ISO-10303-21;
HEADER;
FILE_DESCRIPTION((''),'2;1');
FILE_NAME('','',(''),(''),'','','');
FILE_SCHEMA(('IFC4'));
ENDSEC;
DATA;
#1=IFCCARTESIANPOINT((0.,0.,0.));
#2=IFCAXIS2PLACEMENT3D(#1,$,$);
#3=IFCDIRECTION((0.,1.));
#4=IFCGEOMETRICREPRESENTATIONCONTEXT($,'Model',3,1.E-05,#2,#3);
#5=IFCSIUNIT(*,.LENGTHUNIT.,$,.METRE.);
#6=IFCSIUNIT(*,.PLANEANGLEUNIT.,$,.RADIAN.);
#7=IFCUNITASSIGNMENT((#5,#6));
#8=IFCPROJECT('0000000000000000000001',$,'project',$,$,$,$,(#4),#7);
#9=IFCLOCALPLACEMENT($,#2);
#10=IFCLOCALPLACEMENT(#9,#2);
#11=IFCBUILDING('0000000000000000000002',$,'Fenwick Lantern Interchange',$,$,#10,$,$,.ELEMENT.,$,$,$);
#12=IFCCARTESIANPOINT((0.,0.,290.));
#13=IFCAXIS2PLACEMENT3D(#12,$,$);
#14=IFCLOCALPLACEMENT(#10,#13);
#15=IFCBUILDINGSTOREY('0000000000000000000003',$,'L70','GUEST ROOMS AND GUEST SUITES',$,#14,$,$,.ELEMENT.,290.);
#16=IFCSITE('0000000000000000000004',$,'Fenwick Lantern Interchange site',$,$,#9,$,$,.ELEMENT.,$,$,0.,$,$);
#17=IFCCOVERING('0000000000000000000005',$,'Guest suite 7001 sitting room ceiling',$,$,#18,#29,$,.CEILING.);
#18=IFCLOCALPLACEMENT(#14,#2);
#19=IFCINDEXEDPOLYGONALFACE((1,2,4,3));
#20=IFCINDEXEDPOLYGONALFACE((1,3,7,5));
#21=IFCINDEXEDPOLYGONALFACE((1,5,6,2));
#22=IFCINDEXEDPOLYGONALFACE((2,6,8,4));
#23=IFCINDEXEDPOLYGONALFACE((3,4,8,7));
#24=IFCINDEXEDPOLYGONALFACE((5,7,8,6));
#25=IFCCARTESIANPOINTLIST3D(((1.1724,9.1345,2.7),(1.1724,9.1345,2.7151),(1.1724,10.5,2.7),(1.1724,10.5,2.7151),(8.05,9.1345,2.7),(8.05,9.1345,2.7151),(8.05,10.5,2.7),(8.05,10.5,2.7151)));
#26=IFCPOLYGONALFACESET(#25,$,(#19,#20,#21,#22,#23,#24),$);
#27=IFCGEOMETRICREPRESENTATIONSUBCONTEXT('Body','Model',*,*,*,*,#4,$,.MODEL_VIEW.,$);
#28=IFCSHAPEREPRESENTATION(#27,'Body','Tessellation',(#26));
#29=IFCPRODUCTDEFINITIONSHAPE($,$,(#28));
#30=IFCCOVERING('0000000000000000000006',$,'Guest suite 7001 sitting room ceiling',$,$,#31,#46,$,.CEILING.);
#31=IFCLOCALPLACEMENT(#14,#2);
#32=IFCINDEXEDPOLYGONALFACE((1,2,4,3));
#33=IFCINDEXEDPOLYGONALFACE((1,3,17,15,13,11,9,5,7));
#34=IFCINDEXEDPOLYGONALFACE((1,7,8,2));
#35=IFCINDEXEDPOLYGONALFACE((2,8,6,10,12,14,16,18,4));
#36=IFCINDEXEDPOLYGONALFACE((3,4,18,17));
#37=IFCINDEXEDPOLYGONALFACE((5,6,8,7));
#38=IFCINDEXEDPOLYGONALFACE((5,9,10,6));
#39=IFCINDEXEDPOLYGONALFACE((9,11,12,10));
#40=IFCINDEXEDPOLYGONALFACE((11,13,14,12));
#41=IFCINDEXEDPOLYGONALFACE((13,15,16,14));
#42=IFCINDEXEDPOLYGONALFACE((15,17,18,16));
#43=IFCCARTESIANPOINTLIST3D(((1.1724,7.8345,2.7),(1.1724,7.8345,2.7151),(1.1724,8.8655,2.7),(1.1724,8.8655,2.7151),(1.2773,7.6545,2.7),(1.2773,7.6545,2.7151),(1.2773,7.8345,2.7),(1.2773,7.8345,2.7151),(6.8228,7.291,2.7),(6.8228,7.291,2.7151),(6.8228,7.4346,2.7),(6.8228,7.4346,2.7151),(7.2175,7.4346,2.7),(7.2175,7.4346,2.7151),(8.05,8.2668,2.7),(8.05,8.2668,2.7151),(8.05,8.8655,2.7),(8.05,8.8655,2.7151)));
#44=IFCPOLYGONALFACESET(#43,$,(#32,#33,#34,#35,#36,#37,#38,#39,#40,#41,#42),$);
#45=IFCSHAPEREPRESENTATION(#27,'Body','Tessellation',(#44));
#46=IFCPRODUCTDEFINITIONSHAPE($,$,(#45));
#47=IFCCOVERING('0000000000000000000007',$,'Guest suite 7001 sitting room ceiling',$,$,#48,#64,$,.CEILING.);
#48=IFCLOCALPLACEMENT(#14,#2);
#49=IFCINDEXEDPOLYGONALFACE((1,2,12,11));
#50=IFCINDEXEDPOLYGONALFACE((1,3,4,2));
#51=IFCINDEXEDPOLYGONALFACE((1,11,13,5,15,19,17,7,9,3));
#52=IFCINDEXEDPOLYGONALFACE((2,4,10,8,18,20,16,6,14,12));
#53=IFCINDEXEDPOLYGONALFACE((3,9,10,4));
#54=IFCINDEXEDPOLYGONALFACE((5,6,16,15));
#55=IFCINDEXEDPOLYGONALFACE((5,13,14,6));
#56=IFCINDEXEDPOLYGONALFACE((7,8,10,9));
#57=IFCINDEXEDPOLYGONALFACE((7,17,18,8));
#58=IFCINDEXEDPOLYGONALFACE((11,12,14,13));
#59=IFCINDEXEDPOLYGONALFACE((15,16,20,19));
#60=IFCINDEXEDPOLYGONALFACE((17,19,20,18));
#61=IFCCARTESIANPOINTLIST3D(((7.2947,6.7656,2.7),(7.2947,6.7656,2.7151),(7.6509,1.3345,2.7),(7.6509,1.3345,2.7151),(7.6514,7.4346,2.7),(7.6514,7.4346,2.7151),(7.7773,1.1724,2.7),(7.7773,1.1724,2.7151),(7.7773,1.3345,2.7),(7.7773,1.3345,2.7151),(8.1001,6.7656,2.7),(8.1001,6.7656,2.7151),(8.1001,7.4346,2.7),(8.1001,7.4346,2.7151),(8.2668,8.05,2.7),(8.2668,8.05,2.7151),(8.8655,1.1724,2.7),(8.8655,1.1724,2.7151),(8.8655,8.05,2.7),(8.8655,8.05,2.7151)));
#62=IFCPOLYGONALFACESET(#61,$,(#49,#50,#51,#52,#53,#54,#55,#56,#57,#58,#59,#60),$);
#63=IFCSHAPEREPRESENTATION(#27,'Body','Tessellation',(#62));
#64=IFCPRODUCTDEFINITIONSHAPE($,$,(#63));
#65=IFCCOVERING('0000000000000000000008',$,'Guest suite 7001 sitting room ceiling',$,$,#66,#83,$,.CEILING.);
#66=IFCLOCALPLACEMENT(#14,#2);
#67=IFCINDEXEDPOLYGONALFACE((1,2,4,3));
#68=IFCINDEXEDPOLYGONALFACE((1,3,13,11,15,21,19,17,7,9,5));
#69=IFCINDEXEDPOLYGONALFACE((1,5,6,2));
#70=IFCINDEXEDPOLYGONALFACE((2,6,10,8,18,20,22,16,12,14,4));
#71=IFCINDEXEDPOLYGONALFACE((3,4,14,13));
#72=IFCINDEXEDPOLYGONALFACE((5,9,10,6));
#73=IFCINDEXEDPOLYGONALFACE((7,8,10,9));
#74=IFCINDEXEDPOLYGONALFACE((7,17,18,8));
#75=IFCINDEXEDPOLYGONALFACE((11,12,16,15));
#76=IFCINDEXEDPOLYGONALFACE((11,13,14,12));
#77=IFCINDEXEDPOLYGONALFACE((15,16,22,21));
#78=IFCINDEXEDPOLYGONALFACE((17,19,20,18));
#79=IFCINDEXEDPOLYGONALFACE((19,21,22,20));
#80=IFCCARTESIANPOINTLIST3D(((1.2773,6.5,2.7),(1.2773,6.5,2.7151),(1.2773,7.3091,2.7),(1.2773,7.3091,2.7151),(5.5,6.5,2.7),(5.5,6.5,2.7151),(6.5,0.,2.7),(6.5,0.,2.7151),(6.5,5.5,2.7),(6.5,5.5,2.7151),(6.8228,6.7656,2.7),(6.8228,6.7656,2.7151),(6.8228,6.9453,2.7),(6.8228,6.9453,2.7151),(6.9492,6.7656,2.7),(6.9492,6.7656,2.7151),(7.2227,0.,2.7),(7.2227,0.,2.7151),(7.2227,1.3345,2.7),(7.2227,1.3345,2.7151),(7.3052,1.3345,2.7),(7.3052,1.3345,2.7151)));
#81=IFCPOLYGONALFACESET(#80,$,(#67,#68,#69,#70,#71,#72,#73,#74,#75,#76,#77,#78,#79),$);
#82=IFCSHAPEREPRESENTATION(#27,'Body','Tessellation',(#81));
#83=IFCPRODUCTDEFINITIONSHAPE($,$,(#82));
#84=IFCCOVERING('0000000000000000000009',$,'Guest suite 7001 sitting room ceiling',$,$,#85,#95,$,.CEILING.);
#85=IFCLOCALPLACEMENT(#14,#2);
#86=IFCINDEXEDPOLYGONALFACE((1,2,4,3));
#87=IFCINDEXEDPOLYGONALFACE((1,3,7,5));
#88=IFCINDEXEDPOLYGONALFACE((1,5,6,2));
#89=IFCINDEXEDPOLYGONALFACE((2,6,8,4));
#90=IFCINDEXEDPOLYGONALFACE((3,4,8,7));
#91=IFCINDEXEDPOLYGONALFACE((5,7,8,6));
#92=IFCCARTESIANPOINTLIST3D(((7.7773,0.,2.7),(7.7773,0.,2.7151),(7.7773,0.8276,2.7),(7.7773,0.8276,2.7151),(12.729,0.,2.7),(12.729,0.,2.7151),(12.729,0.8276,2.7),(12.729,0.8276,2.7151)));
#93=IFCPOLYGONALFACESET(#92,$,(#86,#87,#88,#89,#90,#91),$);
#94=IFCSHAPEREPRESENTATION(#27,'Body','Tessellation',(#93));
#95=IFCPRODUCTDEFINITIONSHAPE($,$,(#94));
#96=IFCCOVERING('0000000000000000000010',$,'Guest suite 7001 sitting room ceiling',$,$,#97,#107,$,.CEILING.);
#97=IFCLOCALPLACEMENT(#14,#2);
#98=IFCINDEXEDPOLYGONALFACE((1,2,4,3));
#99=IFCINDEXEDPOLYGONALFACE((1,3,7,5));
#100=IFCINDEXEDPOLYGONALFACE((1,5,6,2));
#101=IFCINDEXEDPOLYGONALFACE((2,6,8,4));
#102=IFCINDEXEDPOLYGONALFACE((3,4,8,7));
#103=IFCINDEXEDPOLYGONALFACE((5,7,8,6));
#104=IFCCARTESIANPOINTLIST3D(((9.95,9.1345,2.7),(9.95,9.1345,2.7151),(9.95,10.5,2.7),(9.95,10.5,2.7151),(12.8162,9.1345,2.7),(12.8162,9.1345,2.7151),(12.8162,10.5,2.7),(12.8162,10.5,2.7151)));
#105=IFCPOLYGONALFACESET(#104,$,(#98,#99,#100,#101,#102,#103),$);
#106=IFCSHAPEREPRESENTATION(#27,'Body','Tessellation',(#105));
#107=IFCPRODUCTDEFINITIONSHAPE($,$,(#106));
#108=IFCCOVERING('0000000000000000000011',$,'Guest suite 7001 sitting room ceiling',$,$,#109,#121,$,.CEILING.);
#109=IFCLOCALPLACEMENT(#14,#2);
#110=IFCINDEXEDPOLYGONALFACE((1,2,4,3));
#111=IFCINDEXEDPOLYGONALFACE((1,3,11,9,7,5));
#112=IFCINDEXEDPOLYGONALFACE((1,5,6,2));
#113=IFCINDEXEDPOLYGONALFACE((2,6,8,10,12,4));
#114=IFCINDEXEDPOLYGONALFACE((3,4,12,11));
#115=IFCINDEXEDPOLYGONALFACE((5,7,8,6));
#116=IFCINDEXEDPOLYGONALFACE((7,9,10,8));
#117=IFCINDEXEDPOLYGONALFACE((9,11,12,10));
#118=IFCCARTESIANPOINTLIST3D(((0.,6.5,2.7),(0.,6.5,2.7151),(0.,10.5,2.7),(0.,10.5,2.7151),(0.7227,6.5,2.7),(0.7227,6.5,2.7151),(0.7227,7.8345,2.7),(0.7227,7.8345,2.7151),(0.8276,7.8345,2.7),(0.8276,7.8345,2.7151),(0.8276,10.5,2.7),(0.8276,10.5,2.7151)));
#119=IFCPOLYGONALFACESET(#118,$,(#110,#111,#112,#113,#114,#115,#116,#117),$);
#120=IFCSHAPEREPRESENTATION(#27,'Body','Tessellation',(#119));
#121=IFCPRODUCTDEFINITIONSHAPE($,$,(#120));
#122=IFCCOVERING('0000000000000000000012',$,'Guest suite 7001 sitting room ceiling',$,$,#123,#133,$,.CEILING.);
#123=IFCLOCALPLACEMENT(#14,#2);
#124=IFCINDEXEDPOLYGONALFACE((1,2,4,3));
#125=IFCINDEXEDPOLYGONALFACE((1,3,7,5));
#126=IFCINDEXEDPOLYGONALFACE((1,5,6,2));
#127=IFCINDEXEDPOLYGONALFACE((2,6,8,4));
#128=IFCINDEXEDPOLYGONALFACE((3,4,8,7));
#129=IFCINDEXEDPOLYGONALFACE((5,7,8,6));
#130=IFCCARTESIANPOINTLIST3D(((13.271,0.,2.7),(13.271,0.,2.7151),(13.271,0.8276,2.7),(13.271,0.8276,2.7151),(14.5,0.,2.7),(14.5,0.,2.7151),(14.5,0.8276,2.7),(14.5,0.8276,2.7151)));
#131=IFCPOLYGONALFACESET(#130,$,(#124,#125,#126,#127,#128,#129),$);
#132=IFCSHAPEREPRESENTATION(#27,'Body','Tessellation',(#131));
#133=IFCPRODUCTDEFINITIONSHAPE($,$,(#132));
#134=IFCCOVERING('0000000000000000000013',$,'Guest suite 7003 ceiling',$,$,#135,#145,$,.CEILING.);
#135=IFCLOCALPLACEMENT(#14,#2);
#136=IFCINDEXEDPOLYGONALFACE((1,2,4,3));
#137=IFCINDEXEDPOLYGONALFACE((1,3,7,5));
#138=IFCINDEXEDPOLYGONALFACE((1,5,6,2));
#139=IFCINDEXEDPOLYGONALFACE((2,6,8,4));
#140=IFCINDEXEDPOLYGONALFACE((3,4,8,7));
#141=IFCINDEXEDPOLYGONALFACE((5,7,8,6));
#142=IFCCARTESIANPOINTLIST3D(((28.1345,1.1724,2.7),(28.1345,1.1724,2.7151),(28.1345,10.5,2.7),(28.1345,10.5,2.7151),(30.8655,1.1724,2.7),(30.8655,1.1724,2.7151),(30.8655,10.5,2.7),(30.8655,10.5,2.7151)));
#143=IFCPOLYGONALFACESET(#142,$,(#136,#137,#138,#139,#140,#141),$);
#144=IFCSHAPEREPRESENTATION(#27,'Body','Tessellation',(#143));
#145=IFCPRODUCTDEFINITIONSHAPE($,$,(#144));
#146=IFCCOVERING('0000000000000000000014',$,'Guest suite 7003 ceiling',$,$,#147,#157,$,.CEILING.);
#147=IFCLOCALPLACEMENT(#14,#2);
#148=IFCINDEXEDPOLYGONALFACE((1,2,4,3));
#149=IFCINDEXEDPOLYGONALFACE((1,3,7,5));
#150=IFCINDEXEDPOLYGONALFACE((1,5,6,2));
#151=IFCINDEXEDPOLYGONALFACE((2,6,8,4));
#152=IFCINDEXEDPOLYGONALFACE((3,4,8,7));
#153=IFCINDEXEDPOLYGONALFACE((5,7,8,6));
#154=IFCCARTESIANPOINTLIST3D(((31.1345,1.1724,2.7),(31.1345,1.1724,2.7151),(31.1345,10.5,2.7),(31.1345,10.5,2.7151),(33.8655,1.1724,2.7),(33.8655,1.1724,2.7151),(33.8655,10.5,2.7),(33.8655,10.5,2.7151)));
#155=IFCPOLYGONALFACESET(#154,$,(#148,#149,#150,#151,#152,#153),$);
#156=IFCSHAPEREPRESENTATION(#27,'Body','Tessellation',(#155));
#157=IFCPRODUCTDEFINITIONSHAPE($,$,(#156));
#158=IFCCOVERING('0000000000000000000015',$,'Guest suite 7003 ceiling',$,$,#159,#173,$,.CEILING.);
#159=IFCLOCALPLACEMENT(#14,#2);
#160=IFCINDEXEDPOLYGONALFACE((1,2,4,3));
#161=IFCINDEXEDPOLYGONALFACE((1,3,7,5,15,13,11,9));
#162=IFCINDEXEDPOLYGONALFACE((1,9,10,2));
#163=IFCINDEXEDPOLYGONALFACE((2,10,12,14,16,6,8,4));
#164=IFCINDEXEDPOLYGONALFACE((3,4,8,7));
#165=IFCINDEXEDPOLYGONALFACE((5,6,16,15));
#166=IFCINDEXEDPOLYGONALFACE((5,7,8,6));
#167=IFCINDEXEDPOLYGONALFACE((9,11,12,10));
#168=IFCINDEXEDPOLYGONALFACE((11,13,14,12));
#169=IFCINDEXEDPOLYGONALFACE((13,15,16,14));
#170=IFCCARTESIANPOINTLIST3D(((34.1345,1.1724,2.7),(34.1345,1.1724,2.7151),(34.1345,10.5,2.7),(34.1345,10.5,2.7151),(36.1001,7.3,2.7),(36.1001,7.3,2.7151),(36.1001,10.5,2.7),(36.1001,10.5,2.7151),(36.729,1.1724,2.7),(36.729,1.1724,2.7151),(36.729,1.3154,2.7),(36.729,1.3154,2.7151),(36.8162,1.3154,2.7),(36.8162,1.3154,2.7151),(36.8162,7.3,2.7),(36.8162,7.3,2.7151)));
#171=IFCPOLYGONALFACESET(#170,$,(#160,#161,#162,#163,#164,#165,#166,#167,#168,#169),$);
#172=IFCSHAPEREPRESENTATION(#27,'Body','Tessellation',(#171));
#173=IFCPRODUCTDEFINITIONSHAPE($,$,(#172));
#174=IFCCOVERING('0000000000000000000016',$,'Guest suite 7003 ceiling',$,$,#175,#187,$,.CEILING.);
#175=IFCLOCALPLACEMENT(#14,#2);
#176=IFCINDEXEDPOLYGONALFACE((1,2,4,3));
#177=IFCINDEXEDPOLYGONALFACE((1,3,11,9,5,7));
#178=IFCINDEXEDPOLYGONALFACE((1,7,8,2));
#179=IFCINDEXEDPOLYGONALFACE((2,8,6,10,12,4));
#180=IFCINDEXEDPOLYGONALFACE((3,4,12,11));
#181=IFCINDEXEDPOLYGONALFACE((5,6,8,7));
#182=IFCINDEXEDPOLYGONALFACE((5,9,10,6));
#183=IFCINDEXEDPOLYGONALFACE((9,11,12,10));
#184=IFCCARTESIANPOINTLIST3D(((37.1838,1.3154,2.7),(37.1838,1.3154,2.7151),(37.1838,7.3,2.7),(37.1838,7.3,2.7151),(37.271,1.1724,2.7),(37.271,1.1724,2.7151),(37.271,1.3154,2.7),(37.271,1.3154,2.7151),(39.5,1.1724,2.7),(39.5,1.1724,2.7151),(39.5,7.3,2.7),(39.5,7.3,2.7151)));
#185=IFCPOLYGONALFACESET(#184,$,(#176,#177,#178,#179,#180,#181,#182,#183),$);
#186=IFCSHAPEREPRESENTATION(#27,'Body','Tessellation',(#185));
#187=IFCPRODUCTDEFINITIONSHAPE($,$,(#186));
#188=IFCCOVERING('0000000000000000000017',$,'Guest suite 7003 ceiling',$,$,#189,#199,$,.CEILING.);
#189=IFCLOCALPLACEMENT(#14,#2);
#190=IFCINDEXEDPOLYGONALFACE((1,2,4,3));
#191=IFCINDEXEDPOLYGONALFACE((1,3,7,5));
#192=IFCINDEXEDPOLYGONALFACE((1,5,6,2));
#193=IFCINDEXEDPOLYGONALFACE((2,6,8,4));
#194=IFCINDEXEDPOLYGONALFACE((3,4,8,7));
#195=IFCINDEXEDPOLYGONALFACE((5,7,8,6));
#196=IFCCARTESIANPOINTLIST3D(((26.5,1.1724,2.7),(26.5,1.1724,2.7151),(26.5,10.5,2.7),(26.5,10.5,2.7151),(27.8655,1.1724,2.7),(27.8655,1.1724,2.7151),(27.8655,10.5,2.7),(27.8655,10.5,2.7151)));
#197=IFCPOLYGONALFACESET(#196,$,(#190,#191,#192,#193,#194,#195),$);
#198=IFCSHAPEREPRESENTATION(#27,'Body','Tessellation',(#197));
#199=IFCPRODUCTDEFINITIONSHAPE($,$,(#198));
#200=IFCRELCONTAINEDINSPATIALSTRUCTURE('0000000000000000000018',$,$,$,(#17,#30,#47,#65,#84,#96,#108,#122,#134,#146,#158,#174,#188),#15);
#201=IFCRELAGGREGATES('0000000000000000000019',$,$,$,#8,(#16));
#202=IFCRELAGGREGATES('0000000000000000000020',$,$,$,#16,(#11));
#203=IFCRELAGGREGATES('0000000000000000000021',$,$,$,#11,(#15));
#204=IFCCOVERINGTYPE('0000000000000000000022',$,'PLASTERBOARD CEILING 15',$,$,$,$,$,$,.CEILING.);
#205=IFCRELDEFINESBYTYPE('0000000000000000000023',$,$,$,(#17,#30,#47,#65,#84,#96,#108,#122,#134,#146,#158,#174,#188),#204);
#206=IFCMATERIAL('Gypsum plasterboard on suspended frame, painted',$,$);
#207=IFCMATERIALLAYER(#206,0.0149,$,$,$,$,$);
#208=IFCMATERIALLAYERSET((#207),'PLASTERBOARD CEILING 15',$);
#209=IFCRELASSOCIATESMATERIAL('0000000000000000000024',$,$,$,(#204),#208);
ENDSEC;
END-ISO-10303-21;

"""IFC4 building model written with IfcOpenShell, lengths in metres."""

from ifc_helpers import new_model, si_unit, direction, frame, origin, place, context, subcontext, project, spatial, polyline, outline, extrude, material, layer, layer_set, type_object, element, save


model = new_model("IFC4")

# Units and contexts
model_context = context("Model", 3, precision=1e-05, world=origin(), true_north=direction((0.0, 1.0)))
body_context = subcontext(model_context, "Body", "Model", "MODEL_VIEW")
ifc_project = project(units=[si_unit("LENGTHUNIT", "METRE"), si_unit("PLANEANGLEUNIT", "RADIAN")], contexts=[model_context])

# Site, building, storey
site_placement = place(None, origin())
site = spatial("IfcSite", under=ifc_project, at=site_placement, Name="Fenwick Lantern Interchange site", CompositionType="ELEMENT", RefElevation=0.0)
building_placement = place(site_placement, origin())
building = spatial("IfcBuilding", under=site, at=building_placement, Name="Fenwick Lantern Interchange", CompositionType="ELEMENT")
storey_placement = place(building_placement, frame((0.0, 0.0, 290.0)))
storey = spatial("IfcBuildingStorey", under=building, at=storey_placement, Name="L70", Description="GUEST ROOMS AND GUEST SUITES", CompositionType="ELEMENT", Elevation=290.0)

# Coverings
ifc_material = material(Name="Gypsum plasterboard on suspended frame, painted")
ifc_layer = layer(ifc_material, 0.0149)
ifc_layer_set = layer_set([ifc_layer], Name="PLASTERBOARD CEILING 15")
covering_type = type_object("IfcCoveringType", Name="PLASTERBOARD CEILING 15", PredefinedType="CEILING", material=ifc_layer_set)
covering_1_placement = place(storey_placement, frame((0.0, 0.0, 2.7)))
element("IfcCovering", 1, at=covering_1_placement, inside=storey, type_object=covering_type, Name="Guest suite 7001 sitting room ceiling", PredefinedType="CEILING", context=body_context, shape_type="SweptSolid", body=[
    extrude(outline(polyline([(8.05, 9.1345), (8.05, 10.5), (1.1724, 10.5), (1.1724, 9.1345), (8.05, 9.1345)])), origin(), (0.0, 0.0, 1.0), 0.0151),
])
covering_2_placement = place(storey_placement, frame((0.0, 0.0, 2.7)))
element("IfcCovering", 2, at=covering_2_placement, inside=storey, type_object=covering_type, Name="Guest suite 7001 sitting room ceiling", PredefinedType="CEILING", context=body_context, shape_type="SweptSolid", body=[
    extrude(outline(polyline([(8.05, 8.2668), (8.05, 8.8655), (1.1724, 8.8655), (1.1724, 7.8345), (1.2773, 7.8345), (1.2773, 7.6545), (6.8228, 7.291), (6.8228, 7.4346), (7.2175, 7.4346), (8.05, 8.2668)])), origin(), (0.0, 0.0, 1.0), 0.0151),
])
covering_3_placement = place(storey_placement, frame((0.0, 0.0, 2.7)))
element("IfcCovering", 3, at=covering_3_placement, inside=storey, type_object=covering_type, Name="Guest suite 7001 sitting room ceiling", PredefinedType="CEILING", context=body_context, shape_type="SweptSolid", body=[
    extrude(outline(polyline([(8.8655, 8.05), (8.2668, 8.05), (7.6514, 7.4346), (8.1001, 7.4346), (8.1001, 6.7656), (7.2947, 6.7656), (7.6509, 1.3345), (7.7773, 1.3345), (7.7773, 1.1724), (8.8655, 1.1724), (8.8655, 8.05)])), origin(), (0.0, 0.0, 1.0), 0.0151),
])
covering_4_placement = place(storey_placement, frame((0.0, 0.0, 2.7)))
element("IfcCovering", 4, at=covering_4_placement, inside=storey, type_object=covering_type, Name="Guest suite 7001 sitting room ceiling", PredefinedType="CEILING", context=body_context, shape_type="SweptSolid", body=[
    extrude(outline(polyline([(7.2227, 1.3345), (7.3052, 1.3345), (6.9492, 6.7656), (6.8228, 6.7656), (6.8228, 6.9453), (1.2773, 7.3091), (1.2773, 6.5), (5.5, 6.5), (6.5, 5.5), (6.5, 0.0), (7.2227, 0.0), (7.2227, 1.3345)])), origin(), (0.0, 0.0, 1.0), 0.0151),
])
covering_5_placement = place(storey_placement, frame((0.0, 0.0, 2.7)))
element("IfcCovering", 5, at=covering_5_placement, inside=storey, type_object=covering_type, Name="Guest suite 7001 sitting room ceiling", PredefinedType="CEILING", context=body_context, shape_type="SweptSolid", body=[
    extrude(outline(polyline([(12.729, 0.0), (12.729, 0.8276), (7.7773, 0.8276), (7.7773, 0.0), (12.729, 0.0)])), origin(), (0.0, 0.0, 1.0), 0.0151),
])
covering_6_placement = place(storey_placement, frame((0.0, 0.0, 2.7)))
element("IfcCovering", 6, at=covering_6_placement, inside=storey, type_object=covering_type, Name="Guest suite 7001 sitting room ceiling", PredefinedType="CEILING", context=body_context, shape_type="SweptSolid", body=[
    extrude(outline(polyline([(9.95, 10.5), (9.95, 9.1345), (12.8162, 9.1345), (12.8162, 10.5), (9.95, 10.5)])), origin(), (0.0, 0.0, 1.0), 0.0151),
])
covering_7_placement = place(storey_placement, frame((0.0, 0.0, 2.7)))
element("IfcCovering", 7, at=covering_7_placement, inside=storey, type_object=covering_type, Name="Guest suite 7001 sitting room ceiling", PredefinedType="CEILING", context=body_context, shape_type="SweptSolid", body=[
    extrude(outline(polyline([(0.7227, 7.8345), (0.8276, 7.8345), (0.8276, 10.5), (0.0, 10.5), (0.0, 6.5), (0.7227, 6.5), (0.7227, 7.8345)])), origin(), (0.0, 0.0, 1.0), 0.0151),
])
covering_8_placement = place(storey_placement, frame((0.0, 0.0, 2.7)))
element("IfcCovering", 8, at=covering_8_placement, inside=storey, type_object=covering_type, Name="Guest suite 7001 sitting room ceiling", PredefinedType="CEILING", context=body_context, shape_type="SweptSolid", body=[
    extrude(outline(polyline([(14.5, 0.0), (14.5, 0.8276), (13.271, 0.8276), (13.271, 0.0), (14.5, 0.0)])), origin(), (0.0, 0.0, 1.0), 0.0151),
])
covering_9_placement = place(storey_placement, frame((0.0, 0.0, 2.7)))
element("IfcCovering", 9, at=covering_9_placement, inside=storey, type_object=covering_type, Name="Guest suite 7003 ceiling", PredefinedType="CEILING", context=body_context, shape_type="SweptSolid", body=[
    extrude(outline(polyline([(30.8655, 10.5), (28.1345, 10.5), (28.1345, 1.1724), (30.8655, 1.1724), (30.8655, 10.5)])), origin(), (0.0, 0.0, 1.0), 0.0151),
])
covering_10_placement = place(storey_placement, frame((0.0, 0.0, 2.7)))
element("IfcCovering", 10, at=covering_10_placement, inside=storey, type_object=covering_type, Name="Guest suite 7003 ceiling", PredefinedType="CEILING", context=body_context, shape_type="SweptSolid", body=[
    extrude(outline(polyline([(33.8655, 10.5), (31.1345, 10.5), (31.1345, 1.1724), (33.8655, 1.1724), (33.8655, 10.5)])), origin(), (0.0, 0.0, 1.0), 0.0151),
])
covering_11_placement = place(storey_placement, frame((0.0, 0.0, 2.7)))
element("IfcCovering", 11, at=covering_11_placement, inside=storey, type_object=covering_type, Name="Guest suite 7003 ceiling", PredefinedType="CEILING", context=body_context, shape_type="SweptSolid", body=[
    extrude(outline(polyline([(36.729, 1.3154), (36.8162, 1.3154), (36.8162, 7.3), (36.1001, 7.3), (36.1001, 10.5), (34.1345, 10.5), (34.1345, 1.1724), (36.729, 1.1724), (36.729, 1.3154)])), origin(), (0.0, 0.0, 1.0), 0.0151),
])
covering_12_placement = place(storey_placement, frame((0.0, 0.0, 2.7)))
element("IfcCovering", 12, at=covering_12_placement, inside=storey, type_object=covering_type, Name="Guest suite 7003 ceiling", PredefinedType="CEILING", context=body_context, shape_type="SweptSolid", body=[
    extrude(outline(polyline([(37.271, 1.3154), (37.271, 1.1724), (39.5, 1.1724), (39.5, 7.3), (37.1838, 7.3), (37.1838, 1.3154), (37.271, 1.3154)])), origin(), (0.0, 0.0, 1.0), 0.0151),
])
covering_13_placement = place(storey_placement, frame((0.0, 0.0, 2.7)))
element("IfcCovering", 13, at=covering_13_placement, inside=storey, type_object=covering_type, Name="Guest suite 7003 ceiling", PredefinedType="CEILING", context=body_context, shape_type="SweptSolid", body=[
    extrude(outline(polyline([(26.5, 10.5), (26.5, 1.1724), (27.8655, 1.1724), (27.8655, 10.5), (26.5, 10.5)])), origin(), (0.0, 0.0, 1.0), 0.0151),
])

save(model, "model.ifc")
